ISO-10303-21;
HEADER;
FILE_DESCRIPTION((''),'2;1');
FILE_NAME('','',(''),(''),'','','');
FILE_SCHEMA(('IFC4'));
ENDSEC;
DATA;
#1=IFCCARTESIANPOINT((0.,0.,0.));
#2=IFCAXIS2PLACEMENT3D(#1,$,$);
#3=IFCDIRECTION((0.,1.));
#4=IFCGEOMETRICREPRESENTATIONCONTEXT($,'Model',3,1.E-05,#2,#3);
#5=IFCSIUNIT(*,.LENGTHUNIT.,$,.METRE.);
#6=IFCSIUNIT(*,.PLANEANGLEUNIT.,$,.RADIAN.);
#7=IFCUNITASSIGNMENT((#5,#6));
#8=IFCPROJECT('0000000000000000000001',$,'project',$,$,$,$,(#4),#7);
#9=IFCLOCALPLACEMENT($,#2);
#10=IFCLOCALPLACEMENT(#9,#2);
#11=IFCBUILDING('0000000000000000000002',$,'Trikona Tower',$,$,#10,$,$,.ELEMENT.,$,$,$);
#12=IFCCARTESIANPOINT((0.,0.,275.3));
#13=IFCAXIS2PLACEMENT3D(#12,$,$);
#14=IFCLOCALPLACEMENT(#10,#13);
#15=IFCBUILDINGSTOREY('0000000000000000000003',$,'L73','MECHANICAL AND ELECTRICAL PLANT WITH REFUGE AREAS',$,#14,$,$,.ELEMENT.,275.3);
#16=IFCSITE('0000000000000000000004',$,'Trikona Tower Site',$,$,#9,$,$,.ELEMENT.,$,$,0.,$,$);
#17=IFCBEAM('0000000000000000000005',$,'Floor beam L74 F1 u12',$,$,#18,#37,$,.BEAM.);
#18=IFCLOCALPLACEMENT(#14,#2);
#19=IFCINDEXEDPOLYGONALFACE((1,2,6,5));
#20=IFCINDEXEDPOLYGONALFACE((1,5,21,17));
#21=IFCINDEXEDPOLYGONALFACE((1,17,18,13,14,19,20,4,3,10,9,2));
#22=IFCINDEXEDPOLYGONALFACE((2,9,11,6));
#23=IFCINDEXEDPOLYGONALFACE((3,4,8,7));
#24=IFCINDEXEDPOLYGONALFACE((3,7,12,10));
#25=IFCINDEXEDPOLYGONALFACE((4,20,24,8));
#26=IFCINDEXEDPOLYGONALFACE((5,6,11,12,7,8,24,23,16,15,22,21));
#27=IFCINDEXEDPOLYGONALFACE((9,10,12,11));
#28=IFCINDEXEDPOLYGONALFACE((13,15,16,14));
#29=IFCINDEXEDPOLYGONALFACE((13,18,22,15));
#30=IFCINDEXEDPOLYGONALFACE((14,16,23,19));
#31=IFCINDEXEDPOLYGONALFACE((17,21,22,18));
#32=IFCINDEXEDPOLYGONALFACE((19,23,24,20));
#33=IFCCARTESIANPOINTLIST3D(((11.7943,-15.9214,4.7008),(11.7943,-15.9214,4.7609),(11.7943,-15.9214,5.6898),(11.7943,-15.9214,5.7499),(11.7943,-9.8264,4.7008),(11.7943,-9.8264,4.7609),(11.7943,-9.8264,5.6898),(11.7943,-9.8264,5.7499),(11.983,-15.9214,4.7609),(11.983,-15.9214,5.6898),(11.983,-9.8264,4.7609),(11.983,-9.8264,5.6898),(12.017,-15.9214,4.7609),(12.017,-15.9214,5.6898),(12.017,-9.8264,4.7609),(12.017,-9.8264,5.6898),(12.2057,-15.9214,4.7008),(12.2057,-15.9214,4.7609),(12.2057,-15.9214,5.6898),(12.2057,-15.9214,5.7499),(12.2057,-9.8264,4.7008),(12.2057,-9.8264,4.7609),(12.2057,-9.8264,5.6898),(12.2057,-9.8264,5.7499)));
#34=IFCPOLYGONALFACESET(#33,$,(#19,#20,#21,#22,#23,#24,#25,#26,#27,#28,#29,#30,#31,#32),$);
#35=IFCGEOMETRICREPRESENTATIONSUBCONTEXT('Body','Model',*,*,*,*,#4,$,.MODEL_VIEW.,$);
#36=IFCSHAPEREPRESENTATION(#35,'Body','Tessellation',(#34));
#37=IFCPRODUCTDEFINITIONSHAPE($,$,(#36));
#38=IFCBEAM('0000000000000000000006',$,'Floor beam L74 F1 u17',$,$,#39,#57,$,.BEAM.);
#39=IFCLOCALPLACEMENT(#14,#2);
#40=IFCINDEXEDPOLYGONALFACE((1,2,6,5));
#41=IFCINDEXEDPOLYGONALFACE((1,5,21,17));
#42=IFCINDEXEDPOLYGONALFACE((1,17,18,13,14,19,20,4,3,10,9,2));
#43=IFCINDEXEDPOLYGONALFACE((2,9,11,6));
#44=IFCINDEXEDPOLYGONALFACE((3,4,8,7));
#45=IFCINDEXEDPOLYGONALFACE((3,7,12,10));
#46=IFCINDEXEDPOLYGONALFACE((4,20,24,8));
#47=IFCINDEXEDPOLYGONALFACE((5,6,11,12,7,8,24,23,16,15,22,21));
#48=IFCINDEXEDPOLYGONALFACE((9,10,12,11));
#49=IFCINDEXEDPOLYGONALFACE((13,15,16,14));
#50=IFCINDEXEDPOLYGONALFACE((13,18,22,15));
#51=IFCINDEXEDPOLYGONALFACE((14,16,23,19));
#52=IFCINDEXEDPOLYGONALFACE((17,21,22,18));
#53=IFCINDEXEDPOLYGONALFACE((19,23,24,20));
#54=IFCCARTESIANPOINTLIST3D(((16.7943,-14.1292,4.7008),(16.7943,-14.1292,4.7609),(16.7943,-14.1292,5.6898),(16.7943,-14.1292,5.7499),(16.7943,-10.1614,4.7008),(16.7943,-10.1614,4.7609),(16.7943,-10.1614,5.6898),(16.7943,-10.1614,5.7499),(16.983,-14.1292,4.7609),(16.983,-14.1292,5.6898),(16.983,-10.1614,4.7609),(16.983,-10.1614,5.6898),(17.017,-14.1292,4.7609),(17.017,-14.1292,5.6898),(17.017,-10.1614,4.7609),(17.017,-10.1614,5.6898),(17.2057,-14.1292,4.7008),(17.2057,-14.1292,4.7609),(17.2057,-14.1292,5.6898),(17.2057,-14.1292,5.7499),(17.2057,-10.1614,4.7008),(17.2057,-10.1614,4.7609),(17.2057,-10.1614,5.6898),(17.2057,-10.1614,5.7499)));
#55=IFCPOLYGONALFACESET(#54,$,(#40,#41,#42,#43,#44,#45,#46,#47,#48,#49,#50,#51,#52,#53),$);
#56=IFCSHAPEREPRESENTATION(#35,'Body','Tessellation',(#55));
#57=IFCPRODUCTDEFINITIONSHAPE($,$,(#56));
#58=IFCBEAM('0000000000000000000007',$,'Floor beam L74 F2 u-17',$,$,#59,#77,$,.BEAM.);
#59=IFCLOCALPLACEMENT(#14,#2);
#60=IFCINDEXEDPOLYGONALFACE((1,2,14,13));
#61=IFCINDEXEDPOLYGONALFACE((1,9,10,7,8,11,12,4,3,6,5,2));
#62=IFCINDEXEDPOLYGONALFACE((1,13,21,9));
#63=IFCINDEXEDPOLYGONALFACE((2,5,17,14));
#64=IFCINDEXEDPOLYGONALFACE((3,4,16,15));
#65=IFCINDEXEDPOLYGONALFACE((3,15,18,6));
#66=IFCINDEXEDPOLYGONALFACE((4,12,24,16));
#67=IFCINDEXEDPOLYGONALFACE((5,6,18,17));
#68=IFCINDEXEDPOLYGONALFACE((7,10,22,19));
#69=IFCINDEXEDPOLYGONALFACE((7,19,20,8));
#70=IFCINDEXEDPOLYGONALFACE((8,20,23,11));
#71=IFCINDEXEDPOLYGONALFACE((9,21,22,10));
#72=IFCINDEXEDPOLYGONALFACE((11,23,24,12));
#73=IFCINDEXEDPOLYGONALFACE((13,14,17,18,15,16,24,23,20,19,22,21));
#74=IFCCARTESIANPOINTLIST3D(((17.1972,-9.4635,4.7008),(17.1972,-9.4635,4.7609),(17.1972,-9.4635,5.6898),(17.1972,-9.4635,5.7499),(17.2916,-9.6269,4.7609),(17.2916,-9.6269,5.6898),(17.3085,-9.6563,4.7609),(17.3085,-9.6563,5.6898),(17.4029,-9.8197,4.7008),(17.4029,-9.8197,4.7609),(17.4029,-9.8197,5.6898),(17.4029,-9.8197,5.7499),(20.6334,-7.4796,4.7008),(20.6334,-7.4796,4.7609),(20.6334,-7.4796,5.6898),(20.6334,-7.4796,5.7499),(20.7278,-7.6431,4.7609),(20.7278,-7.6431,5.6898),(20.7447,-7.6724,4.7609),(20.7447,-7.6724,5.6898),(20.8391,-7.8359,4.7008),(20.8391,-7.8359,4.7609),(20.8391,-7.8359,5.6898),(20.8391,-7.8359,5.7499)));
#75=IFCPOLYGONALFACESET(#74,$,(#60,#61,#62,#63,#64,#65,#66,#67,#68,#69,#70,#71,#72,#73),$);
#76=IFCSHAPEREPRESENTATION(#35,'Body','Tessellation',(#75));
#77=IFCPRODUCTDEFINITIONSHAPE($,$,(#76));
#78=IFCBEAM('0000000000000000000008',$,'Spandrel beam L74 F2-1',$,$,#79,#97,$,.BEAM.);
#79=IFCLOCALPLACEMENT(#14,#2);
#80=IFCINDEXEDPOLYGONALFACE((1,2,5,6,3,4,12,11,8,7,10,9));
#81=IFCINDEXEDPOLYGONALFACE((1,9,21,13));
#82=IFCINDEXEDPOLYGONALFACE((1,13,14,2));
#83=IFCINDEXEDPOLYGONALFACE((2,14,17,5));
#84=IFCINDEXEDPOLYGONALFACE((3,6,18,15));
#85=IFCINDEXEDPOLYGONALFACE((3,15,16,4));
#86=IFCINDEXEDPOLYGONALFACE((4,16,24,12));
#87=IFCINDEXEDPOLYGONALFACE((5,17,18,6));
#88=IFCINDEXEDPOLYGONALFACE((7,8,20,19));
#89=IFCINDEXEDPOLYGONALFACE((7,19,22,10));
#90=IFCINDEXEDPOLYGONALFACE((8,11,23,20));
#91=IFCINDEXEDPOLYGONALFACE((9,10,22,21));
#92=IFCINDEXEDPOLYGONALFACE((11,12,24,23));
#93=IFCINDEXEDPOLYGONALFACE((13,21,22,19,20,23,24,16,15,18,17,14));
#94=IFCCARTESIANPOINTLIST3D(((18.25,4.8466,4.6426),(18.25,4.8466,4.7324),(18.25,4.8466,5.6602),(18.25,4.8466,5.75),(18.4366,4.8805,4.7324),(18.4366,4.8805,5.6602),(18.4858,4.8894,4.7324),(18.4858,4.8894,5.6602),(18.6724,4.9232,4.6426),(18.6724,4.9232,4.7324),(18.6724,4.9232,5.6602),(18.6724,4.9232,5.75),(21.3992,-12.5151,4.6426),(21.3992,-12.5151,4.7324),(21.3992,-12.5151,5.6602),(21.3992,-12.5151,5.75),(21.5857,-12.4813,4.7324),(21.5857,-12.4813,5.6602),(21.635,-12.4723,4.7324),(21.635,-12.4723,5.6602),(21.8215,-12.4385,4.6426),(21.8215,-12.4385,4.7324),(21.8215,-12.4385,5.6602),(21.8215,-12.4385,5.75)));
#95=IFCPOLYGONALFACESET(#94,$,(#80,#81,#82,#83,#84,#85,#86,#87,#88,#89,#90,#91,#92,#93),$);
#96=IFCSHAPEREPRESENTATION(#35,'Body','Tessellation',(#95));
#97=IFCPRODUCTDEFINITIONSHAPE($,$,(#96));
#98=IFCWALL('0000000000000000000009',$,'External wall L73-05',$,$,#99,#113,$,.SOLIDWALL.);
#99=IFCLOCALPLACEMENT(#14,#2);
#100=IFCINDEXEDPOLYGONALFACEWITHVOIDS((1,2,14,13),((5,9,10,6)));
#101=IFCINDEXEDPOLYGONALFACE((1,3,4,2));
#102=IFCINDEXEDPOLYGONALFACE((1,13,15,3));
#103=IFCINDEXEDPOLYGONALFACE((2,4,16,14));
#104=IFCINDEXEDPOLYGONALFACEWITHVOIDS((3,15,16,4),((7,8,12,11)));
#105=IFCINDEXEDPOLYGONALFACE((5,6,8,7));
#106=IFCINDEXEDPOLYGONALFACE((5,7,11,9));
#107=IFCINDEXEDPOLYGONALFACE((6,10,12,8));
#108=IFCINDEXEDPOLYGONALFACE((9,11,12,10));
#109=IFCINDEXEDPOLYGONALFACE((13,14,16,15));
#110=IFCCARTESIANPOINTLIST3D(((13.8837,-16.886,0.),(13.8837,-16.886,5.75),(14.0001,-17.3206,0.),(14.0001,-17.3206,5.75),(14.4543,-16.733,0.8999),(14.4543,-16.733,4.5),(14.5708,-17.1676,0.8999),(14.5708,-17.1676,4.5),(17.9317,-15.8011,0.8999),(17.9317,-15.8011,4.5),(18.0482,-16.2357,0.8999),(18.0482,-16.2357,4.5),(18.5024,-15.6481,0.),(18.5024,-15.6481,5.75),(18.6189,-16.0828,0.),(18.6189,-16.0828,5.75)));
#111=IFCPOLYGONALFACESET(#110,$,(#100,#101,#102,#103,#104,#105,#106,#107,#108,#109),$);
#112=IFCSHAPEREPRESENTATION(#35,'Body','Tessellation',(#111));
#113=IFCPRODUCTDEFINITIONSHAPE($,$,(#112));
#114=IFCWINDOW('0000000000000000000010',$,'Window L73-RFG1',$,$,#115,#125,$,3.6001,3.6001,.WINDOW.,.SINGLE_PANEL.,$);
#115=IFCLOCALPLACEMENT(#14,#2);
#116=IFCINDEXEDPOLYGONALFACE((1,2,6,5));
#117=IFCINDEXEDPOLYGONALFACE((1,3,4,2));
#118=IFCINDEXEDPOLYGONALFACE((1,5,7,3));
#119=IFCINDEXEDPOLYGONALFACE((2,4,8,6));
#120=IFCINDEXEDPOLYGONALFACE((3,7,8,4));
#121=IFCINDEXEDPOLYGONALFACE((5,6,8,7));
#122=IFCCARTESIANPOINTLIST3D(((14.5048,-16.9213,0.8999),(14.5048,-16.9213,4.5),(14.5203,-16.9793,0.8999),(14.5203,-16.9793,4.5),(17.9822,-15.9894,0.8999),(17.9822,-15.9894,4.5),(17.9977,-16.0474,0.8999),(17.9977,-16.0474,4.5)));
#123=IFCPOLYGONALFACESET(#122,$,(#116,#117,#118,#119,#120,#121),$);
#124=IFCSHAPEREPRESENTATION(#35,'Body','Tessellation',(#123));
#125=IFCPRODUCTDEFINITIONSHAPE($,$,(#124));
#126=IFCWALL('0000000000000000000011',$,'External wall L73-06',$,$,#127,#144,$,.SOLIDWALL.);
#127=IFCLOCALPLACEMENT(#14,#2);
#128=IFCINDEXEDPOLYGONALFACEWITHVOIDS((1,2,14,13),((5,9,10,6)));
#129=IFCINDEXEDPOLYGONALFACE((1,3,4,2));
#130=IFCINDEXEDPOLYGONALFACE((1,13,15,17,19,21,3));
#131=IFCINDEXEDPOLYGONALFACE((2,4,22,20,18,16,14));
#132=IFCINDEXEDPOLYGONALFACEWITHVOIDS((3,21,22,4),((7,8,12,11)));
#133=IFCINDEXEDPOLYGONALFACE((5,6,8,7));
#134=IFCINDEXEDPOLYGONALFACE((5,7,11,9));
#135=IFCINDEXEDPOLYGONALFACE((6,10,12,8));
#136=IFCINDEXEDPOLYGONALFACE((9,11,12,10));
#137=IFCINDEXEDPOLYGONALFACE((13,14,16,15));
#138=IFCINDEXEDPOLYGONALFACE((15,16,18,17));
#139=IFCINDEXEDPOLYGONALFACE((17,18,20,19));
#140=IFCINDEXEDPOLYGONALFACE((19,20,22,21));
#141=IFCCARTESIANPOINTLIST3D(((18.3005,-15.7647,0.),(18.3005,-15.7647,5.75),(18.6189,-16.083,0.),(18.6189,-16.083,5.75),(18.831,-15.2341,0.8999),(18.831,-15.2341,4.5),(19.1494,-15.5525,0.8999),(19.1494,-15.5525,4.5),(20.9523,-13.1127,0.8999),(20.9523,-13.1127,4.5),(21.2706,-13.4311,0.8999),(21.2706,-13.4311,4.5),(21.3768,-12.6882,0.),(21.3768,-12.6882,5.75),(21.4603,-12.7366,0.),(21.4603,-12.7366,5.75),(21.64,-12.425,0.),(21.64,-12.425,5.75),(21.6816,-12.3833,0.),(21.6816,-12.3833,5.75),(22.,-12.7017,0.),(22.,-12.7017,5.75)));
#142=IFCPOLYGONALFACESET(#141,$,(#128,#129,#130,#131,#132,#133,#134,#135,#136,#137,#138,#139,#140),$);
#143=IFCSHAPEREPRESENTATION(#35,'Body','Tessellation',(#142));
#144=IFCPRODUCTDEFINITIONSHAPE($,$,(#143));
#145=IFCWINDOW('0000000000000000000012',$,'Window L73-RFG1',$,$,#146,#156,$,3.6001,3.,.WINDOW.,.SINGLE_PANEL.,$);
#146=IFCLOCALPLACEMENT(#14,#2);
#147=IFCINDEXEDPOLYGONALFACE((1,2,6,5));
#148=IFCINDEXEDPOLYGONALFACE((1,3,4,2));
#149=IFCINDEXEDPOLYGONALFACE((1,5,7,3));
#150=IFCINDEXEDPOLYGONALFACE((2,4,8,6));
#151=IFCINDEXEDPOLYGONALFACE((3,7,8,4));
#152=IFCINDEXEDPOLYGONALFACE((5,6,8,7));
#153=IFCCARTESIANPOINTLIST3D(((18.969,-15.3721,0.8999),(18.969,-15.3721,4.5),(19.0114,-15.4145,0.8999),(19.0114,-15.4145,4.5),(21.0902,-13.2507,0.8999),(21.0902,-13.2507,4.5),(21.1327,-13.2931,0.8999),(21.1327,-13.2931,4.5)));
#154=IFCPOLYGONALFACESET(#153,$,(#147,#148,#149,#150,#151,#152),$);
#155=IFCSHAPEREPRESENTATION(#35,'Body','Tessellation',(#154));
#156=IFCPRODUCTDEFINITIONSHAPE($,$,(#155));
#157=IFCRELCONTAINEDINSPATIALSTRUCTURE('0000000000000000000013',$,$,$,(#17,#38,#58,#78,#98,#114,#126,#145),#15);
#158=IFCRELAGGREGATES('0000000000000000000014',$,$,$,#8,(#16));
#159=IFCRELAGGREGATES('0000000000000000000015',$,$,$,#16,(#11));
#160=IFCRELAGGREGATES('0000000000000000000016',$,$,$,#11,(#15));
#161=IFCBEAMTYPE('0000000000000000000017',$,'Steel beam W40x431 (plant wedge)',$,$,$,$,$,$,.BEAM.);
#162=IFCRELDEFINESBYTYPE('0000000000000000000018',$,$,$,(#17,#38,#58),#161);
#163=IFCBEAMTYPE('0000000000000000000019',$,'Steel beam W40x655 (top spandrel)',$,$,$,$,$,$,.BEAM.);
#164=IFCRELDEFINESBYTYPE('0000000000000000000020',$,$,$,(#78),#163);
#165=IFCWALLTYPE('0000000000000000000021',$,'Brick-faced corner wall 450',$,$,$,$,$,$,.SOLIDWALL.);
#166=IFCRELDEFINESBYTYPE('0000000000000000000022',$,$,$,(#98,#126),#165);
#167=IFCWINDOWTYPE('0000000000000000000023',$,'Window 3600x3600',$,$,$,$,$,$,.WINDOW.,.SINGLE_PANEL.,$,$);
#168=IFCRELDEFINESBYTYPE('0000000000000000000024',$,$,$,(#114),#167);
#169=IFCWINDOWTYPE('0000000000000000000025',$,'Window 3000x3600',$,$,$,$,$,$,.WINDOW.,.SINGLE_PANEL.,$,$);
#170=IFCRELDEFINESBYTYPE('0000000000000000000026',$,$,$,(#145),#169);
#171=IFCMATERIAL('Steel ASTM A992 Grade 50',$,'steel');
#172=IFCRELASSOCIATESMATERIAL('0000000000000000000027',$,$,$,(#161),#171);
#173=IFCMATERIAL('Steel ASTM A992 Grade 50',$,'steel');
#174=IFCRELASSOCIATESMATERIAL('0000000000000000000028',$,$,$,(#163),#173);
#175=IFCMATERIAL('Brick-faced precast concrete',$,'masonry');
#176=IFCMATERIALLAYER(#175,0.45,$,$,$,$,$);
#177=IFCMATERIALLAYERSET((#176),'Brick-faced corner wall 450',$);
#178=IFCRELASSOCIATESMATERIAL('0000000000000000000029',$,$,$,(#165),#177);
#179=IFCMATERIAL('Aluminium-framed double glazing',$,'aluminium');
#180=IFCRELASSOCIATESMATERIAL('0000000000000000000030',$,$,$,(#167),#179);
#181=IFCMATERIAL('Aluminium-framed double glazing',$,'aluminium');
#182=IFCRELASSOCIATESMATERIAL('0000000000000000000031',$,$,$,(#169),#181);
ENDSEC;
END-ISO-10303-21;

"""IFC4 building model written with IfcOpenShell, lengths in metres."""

from ifc_helpers import new_model, si_unit, direction, frame, frame_2d, origin, origin_2d, place, context, subcontext, project, spatial, polyline, rectangle, i_section, outline, extrude, material, layer, layer_set, material_profile, profile_set, type_object, element, fill, save


model = new_model("IFC4")

# Units and contexts
model_context = context("Model", 3, precision=1e-05, world=origin(), true_north=direction((0.0, 1.0)))
body_context = subcontext(model_context, "Body", "Model", "MODEL_VIEW")
ifc_project = project(units=[si_unit("LENGTHUNIT", "METRE"), si_unit("PLANEANGLEUNIT", "RADIAN")], contexts=[model_context])

# Site, building, storey
site_placement = place(None, origin())
site = spatial("IfcSite", under=ifc_project, at=site_placement, Name="Trikona Tower Site", CompositionType="ELEMENT", RefElevation=0.0)
building_placement = place(site_placement, origin())
building = spatial("IfcBuilding", under=site, at=building_placement, Name="Trikona Tower", CompositionType="ELEMENT")
storey_placement = place(building_placement, frame((0.0, 0.0, 275.3)))
storey = spatial("IfcBuildingStorey", under=building, at=storey_placement, Name="L73", Description="MECHANICAL AND ELECTRICAL PLANT WITH REFUGE AREAS", CompositionType="ELEMENT", Elevation=275.3)

# Beams
ifc_material_1 = material(Name="Steel ASTM A992 Grade 50", Category="steel")
ifc_material_profile_1 = material_profile(ifc_material_1, i_section(OverallWidth=0.4114, OverallDepth=1.0491, WebThickness=0.0339, FlangeThickness=0.0601, at=origin_2d()), Name="W40X431")
ifc_profile_set_1 = profile_set([ifc_material_profile_1], Name="Steel ASTM A992 Grade 50")
beam_type_1 = type_object("IfcBeamType", Name="Steel beam W40x431 (plant wedge)", PredefinedType="BEAM", material=ifc_profile_set_1)
beam_1_placement = place(storey_placement, frame((12.0, -9.8264, 5.2253), z_axis=(0.0, -1.0, 0.0), x_axis=(1.0, 0.0, 0.0)))
element("IfcBeam", 1, at=beam_1_placement, inside=storey, type_object=beam_type_1, Name="Floor beam L74 F1 u12", PredefinedType="BEAM", context=body_context, shape_type="SweptSolid", body=[
    extrude(i_section(OverallWidth=0.4114, OverallDepth=1.0491, WebThickness=0.0339, FlangeThickness=0.0601, at=origin_2d()), origin(), (0.0, 0.0, 1.0), 6.095),
])
for number, where, z_axis, x_axis, name in (
    (2, (17.0, -10.1614, 5.2253), (0.0, -1.0, 0.0), (1.0, 0.0, 0.0), "Floor beam L74 F1 u17"),
    (3, (17.3, -9.6416, 5.2253), (0.866031, 0.499991, 0.0), (-0.499991, 0.866031, 0.0), "Floor beam L74 F2 u-17"),
):
    element("IfcBeam", number, at=place(storey_placement, frame(where, z_axis=z_axis, x_axis=x_axis)), inside=storey, type_object=beam_type_1, Name=name, PredefinedType="BEAM", context=body_context, shape_type="SweptSolid", body=[
        extrude(i_section(OverallWidth=0.4114, OverallDepth=1.0491, WebThickness=0.0339, FlangeThickness=0.0601, at=origin_2d()), origin(), (0.0, 0.0, 1.0), 3.9678),
    ])
ifc_material_2 = material(Name="Steel ASTM A992 Grade 50", Category="steel")
ifc_material_profile_2 = material_profile(ifc_material_2, i_section(OverallWidth=0.4292, OverallDepth=1.1074, WebThickness=0.05, FlangeThickness=0.0898, at=origin_2d()), Name="W40X655")
ifc_profile_set_2 = profile_set([ifc_material_profile_2], Name="Steel ASTM A992 Grade 50")
beam_type_2 = type_object("IfcBeamType", Name="Steel beam W40x655 (top spandrel)", PredefinedType="BEAM", material=ifc_profile_set_2)
beam_2_placement = place(storey_placement, frame((21.6104, -12.4768, 5.1963), z_axis=(-0.178473, 0.983945, 0.0), x_axis=(-0.983945, -0.178473, 0.0)))
element("IfcBeam", 4, at=beam_2_placement, inside=storey, type_object=beam_type_2, Name="Spandrel beam L74 F2-1", PredefinedType="BEAM", context=body_context, shape_type="SweptSolid", body=[
    extrude(i_section(OverallWidth=0.4292, OverallDepth=1.1074, WebThickness=0.05, FlangeThickness=0.0898, at=origin_2d()), origin(), (0.0, 0.0, 1.0), 17.645),
])

# Walls, openings, windows
ifc_material_3 = material(Name="Brick-faced precast concrete", Category="masonry")
ifc_layer_1 = layer(ifc_material_3, 0.45)
ifc_layer_set_1 = layer_set([ifc_layer_1], Name="Brick-faced corner wall 450")
wall_type_1 = type_object("IfcWallType", Name="Brick-faced corner wall 450", PredefinedType="SOLIDWALL", material=ifc_layer_set_1)
wall_1_placement = place(storey_placement, frame((13.9419, -17.1033, 0.0), z_axis=(0.0, 0.0, 1.0), x_axis=(0.965914, 0.258864, 0.0)))
wall_1 = element("IfcWall", 5, at=wall_1_placement, inside=storey, type_object=wall_type_1, Name="External wall L73-05", PredefinedType="SOLIDWALL", context=body_context, shape_type="SweptSolid", body=[
    extrude(rectangle(XDim=4.7817, YDim=0.45, at=frame_2d((2.3909, 0.0))), origin(), (0.0, 0.0, 1.0), 5.75),
])
opening_1_placement = place(wall_1_placement, frame((0.5908, 0.0, 0.8999)))
opening_1 = element("IfcOpeningElement", 6, at=opening_1_placement, cuts=wall_1, PredefinedType="OPENING", context=body_context, shape_type="SweptSolid", body=[
    extrude(rectangle(XDim=3.6001, YDim=3.6001, at=frame_2d((1.8, 1.8))), frame((0.0, 0.2349, 0.0), z_axis=(0.0, -1.0, 0.0), x_axis=(1.0, 0.0, 0.0)), (0.0, 0.0, 1.0), 0.47),
])
ifc_material_4 = material(Name="Aluminium-framed double glazing", Category="aluminium")
window_type_1 = type_object("IfcWindowType", Name="Window 3600x3600", PartitioningType="SINGLE_PANEL", PredefinedType="WINDOW", material=ifc_material_4)
window_1_placement = place(opening_1_placement, origin())
window_1 = element("IfcWindow", 7, at=window_1_placement, inside=storey, type_object=window_type_1, Name="Window L73-RFG1", OverallHeight=3.6001, OverallWidth=3.6001, PartitioningType="SINGLE_PANEL", PredefinedType="WINDOW", context=body_context, shape_type="SweptSolid", body=[
    extrude(rectangle(XDim=3.6001, YDim=3.6001, at=frame_2d((1.8, 1.8))), frame((0.0, 0.03, 0.0), z_axis=(0.0, -1.0, 0.0), x_axis=(1.0, 0.0, 0.0)), (0.0, 0.0, 1.0), 0.0601),
])
fill(opening_1, window_1)
wall_2_placement = place(storey_placement, frame((18.4597, -15.9238, 0.0), z_axis=(0.0, 0.0, 1.0), x_axis=(0.707081, 0.707132, 0.0)))
wall_2 = element("IfcWall", 8, at=wall_2_placement, inside=storey, type_object=wall_type_1, Name="External wall L73-06", PredefinedType="SOLIDWALL", context=body_context, shape_type="SweptSolid", body=[
    extrude(outline(polyline([(4.7817, 0.2251), (4.7229, 0.2251), (4.3755, 0.1318), (4.3506, 0.2251), (0.0, 0.2251), (0.0, -0.2251), (4.7817, -0.2251), (4.7817, 0.2251)])), origin(), (0.0, 0.0, 1.0), 5.75),
])
opening_2_placement = place(wall_2_placement, frame((0.7502, 0.0, 0.8999)))
opening_2 = element("IfcOpeningElement", 9, at=opening_2_placement, cuts=wall_2, PredefinedType="OPENING", context=body_context, shape_type="SweptSolid", body=[
    extrude(rectangle(XDim=3.0, YDim=3.6001, at=frame_2d((1.5, 1.8))), frame((0.0, 0.2349, 0.0), z_axis=(0.0, -1.0, 0.0), x_axis=(1.0, 0.0, 0.0)), (0.0, 0.0, 1.0), 0.47),
])
ifc_material_5 = material(Name="Aluminium-framed double glazing", Category="aluminium")
window_type_2 = type_object("IfcWindowType", Name="Window 3000x3600", PartitioningType="SINGLE_PANEL", PredefinedType="WINDOW", material=ifc_material_5)
window_2_placement = place(opening_2_placement, origin())
window_2 = element("IfcWindow", 10, at=window_2_placement, inside=storey, type_object=window_type_2, Name="Window L73-RFG1", OverallHeight=3.6001, OverallWidth=3.0, PartitioningType="SINGLE_PANEL", PredefinedType="WINDOW", context=body_context, shape_type="SweptSolid", body=[
    extrude(rectangle(XDim=3.0, YDim=3.6001, at=frame_2d((1.5, 1.8))), frame((0.0, 0.03, 0.0), z_axis=(0.0, -1.0, 0.0), x_axis=(1.0, 0.0, 0.0)), (0.0, 0.0, 1.0), 0.0601),
])
fill(opening_2, window_2)

save(model, "model.ifc")
